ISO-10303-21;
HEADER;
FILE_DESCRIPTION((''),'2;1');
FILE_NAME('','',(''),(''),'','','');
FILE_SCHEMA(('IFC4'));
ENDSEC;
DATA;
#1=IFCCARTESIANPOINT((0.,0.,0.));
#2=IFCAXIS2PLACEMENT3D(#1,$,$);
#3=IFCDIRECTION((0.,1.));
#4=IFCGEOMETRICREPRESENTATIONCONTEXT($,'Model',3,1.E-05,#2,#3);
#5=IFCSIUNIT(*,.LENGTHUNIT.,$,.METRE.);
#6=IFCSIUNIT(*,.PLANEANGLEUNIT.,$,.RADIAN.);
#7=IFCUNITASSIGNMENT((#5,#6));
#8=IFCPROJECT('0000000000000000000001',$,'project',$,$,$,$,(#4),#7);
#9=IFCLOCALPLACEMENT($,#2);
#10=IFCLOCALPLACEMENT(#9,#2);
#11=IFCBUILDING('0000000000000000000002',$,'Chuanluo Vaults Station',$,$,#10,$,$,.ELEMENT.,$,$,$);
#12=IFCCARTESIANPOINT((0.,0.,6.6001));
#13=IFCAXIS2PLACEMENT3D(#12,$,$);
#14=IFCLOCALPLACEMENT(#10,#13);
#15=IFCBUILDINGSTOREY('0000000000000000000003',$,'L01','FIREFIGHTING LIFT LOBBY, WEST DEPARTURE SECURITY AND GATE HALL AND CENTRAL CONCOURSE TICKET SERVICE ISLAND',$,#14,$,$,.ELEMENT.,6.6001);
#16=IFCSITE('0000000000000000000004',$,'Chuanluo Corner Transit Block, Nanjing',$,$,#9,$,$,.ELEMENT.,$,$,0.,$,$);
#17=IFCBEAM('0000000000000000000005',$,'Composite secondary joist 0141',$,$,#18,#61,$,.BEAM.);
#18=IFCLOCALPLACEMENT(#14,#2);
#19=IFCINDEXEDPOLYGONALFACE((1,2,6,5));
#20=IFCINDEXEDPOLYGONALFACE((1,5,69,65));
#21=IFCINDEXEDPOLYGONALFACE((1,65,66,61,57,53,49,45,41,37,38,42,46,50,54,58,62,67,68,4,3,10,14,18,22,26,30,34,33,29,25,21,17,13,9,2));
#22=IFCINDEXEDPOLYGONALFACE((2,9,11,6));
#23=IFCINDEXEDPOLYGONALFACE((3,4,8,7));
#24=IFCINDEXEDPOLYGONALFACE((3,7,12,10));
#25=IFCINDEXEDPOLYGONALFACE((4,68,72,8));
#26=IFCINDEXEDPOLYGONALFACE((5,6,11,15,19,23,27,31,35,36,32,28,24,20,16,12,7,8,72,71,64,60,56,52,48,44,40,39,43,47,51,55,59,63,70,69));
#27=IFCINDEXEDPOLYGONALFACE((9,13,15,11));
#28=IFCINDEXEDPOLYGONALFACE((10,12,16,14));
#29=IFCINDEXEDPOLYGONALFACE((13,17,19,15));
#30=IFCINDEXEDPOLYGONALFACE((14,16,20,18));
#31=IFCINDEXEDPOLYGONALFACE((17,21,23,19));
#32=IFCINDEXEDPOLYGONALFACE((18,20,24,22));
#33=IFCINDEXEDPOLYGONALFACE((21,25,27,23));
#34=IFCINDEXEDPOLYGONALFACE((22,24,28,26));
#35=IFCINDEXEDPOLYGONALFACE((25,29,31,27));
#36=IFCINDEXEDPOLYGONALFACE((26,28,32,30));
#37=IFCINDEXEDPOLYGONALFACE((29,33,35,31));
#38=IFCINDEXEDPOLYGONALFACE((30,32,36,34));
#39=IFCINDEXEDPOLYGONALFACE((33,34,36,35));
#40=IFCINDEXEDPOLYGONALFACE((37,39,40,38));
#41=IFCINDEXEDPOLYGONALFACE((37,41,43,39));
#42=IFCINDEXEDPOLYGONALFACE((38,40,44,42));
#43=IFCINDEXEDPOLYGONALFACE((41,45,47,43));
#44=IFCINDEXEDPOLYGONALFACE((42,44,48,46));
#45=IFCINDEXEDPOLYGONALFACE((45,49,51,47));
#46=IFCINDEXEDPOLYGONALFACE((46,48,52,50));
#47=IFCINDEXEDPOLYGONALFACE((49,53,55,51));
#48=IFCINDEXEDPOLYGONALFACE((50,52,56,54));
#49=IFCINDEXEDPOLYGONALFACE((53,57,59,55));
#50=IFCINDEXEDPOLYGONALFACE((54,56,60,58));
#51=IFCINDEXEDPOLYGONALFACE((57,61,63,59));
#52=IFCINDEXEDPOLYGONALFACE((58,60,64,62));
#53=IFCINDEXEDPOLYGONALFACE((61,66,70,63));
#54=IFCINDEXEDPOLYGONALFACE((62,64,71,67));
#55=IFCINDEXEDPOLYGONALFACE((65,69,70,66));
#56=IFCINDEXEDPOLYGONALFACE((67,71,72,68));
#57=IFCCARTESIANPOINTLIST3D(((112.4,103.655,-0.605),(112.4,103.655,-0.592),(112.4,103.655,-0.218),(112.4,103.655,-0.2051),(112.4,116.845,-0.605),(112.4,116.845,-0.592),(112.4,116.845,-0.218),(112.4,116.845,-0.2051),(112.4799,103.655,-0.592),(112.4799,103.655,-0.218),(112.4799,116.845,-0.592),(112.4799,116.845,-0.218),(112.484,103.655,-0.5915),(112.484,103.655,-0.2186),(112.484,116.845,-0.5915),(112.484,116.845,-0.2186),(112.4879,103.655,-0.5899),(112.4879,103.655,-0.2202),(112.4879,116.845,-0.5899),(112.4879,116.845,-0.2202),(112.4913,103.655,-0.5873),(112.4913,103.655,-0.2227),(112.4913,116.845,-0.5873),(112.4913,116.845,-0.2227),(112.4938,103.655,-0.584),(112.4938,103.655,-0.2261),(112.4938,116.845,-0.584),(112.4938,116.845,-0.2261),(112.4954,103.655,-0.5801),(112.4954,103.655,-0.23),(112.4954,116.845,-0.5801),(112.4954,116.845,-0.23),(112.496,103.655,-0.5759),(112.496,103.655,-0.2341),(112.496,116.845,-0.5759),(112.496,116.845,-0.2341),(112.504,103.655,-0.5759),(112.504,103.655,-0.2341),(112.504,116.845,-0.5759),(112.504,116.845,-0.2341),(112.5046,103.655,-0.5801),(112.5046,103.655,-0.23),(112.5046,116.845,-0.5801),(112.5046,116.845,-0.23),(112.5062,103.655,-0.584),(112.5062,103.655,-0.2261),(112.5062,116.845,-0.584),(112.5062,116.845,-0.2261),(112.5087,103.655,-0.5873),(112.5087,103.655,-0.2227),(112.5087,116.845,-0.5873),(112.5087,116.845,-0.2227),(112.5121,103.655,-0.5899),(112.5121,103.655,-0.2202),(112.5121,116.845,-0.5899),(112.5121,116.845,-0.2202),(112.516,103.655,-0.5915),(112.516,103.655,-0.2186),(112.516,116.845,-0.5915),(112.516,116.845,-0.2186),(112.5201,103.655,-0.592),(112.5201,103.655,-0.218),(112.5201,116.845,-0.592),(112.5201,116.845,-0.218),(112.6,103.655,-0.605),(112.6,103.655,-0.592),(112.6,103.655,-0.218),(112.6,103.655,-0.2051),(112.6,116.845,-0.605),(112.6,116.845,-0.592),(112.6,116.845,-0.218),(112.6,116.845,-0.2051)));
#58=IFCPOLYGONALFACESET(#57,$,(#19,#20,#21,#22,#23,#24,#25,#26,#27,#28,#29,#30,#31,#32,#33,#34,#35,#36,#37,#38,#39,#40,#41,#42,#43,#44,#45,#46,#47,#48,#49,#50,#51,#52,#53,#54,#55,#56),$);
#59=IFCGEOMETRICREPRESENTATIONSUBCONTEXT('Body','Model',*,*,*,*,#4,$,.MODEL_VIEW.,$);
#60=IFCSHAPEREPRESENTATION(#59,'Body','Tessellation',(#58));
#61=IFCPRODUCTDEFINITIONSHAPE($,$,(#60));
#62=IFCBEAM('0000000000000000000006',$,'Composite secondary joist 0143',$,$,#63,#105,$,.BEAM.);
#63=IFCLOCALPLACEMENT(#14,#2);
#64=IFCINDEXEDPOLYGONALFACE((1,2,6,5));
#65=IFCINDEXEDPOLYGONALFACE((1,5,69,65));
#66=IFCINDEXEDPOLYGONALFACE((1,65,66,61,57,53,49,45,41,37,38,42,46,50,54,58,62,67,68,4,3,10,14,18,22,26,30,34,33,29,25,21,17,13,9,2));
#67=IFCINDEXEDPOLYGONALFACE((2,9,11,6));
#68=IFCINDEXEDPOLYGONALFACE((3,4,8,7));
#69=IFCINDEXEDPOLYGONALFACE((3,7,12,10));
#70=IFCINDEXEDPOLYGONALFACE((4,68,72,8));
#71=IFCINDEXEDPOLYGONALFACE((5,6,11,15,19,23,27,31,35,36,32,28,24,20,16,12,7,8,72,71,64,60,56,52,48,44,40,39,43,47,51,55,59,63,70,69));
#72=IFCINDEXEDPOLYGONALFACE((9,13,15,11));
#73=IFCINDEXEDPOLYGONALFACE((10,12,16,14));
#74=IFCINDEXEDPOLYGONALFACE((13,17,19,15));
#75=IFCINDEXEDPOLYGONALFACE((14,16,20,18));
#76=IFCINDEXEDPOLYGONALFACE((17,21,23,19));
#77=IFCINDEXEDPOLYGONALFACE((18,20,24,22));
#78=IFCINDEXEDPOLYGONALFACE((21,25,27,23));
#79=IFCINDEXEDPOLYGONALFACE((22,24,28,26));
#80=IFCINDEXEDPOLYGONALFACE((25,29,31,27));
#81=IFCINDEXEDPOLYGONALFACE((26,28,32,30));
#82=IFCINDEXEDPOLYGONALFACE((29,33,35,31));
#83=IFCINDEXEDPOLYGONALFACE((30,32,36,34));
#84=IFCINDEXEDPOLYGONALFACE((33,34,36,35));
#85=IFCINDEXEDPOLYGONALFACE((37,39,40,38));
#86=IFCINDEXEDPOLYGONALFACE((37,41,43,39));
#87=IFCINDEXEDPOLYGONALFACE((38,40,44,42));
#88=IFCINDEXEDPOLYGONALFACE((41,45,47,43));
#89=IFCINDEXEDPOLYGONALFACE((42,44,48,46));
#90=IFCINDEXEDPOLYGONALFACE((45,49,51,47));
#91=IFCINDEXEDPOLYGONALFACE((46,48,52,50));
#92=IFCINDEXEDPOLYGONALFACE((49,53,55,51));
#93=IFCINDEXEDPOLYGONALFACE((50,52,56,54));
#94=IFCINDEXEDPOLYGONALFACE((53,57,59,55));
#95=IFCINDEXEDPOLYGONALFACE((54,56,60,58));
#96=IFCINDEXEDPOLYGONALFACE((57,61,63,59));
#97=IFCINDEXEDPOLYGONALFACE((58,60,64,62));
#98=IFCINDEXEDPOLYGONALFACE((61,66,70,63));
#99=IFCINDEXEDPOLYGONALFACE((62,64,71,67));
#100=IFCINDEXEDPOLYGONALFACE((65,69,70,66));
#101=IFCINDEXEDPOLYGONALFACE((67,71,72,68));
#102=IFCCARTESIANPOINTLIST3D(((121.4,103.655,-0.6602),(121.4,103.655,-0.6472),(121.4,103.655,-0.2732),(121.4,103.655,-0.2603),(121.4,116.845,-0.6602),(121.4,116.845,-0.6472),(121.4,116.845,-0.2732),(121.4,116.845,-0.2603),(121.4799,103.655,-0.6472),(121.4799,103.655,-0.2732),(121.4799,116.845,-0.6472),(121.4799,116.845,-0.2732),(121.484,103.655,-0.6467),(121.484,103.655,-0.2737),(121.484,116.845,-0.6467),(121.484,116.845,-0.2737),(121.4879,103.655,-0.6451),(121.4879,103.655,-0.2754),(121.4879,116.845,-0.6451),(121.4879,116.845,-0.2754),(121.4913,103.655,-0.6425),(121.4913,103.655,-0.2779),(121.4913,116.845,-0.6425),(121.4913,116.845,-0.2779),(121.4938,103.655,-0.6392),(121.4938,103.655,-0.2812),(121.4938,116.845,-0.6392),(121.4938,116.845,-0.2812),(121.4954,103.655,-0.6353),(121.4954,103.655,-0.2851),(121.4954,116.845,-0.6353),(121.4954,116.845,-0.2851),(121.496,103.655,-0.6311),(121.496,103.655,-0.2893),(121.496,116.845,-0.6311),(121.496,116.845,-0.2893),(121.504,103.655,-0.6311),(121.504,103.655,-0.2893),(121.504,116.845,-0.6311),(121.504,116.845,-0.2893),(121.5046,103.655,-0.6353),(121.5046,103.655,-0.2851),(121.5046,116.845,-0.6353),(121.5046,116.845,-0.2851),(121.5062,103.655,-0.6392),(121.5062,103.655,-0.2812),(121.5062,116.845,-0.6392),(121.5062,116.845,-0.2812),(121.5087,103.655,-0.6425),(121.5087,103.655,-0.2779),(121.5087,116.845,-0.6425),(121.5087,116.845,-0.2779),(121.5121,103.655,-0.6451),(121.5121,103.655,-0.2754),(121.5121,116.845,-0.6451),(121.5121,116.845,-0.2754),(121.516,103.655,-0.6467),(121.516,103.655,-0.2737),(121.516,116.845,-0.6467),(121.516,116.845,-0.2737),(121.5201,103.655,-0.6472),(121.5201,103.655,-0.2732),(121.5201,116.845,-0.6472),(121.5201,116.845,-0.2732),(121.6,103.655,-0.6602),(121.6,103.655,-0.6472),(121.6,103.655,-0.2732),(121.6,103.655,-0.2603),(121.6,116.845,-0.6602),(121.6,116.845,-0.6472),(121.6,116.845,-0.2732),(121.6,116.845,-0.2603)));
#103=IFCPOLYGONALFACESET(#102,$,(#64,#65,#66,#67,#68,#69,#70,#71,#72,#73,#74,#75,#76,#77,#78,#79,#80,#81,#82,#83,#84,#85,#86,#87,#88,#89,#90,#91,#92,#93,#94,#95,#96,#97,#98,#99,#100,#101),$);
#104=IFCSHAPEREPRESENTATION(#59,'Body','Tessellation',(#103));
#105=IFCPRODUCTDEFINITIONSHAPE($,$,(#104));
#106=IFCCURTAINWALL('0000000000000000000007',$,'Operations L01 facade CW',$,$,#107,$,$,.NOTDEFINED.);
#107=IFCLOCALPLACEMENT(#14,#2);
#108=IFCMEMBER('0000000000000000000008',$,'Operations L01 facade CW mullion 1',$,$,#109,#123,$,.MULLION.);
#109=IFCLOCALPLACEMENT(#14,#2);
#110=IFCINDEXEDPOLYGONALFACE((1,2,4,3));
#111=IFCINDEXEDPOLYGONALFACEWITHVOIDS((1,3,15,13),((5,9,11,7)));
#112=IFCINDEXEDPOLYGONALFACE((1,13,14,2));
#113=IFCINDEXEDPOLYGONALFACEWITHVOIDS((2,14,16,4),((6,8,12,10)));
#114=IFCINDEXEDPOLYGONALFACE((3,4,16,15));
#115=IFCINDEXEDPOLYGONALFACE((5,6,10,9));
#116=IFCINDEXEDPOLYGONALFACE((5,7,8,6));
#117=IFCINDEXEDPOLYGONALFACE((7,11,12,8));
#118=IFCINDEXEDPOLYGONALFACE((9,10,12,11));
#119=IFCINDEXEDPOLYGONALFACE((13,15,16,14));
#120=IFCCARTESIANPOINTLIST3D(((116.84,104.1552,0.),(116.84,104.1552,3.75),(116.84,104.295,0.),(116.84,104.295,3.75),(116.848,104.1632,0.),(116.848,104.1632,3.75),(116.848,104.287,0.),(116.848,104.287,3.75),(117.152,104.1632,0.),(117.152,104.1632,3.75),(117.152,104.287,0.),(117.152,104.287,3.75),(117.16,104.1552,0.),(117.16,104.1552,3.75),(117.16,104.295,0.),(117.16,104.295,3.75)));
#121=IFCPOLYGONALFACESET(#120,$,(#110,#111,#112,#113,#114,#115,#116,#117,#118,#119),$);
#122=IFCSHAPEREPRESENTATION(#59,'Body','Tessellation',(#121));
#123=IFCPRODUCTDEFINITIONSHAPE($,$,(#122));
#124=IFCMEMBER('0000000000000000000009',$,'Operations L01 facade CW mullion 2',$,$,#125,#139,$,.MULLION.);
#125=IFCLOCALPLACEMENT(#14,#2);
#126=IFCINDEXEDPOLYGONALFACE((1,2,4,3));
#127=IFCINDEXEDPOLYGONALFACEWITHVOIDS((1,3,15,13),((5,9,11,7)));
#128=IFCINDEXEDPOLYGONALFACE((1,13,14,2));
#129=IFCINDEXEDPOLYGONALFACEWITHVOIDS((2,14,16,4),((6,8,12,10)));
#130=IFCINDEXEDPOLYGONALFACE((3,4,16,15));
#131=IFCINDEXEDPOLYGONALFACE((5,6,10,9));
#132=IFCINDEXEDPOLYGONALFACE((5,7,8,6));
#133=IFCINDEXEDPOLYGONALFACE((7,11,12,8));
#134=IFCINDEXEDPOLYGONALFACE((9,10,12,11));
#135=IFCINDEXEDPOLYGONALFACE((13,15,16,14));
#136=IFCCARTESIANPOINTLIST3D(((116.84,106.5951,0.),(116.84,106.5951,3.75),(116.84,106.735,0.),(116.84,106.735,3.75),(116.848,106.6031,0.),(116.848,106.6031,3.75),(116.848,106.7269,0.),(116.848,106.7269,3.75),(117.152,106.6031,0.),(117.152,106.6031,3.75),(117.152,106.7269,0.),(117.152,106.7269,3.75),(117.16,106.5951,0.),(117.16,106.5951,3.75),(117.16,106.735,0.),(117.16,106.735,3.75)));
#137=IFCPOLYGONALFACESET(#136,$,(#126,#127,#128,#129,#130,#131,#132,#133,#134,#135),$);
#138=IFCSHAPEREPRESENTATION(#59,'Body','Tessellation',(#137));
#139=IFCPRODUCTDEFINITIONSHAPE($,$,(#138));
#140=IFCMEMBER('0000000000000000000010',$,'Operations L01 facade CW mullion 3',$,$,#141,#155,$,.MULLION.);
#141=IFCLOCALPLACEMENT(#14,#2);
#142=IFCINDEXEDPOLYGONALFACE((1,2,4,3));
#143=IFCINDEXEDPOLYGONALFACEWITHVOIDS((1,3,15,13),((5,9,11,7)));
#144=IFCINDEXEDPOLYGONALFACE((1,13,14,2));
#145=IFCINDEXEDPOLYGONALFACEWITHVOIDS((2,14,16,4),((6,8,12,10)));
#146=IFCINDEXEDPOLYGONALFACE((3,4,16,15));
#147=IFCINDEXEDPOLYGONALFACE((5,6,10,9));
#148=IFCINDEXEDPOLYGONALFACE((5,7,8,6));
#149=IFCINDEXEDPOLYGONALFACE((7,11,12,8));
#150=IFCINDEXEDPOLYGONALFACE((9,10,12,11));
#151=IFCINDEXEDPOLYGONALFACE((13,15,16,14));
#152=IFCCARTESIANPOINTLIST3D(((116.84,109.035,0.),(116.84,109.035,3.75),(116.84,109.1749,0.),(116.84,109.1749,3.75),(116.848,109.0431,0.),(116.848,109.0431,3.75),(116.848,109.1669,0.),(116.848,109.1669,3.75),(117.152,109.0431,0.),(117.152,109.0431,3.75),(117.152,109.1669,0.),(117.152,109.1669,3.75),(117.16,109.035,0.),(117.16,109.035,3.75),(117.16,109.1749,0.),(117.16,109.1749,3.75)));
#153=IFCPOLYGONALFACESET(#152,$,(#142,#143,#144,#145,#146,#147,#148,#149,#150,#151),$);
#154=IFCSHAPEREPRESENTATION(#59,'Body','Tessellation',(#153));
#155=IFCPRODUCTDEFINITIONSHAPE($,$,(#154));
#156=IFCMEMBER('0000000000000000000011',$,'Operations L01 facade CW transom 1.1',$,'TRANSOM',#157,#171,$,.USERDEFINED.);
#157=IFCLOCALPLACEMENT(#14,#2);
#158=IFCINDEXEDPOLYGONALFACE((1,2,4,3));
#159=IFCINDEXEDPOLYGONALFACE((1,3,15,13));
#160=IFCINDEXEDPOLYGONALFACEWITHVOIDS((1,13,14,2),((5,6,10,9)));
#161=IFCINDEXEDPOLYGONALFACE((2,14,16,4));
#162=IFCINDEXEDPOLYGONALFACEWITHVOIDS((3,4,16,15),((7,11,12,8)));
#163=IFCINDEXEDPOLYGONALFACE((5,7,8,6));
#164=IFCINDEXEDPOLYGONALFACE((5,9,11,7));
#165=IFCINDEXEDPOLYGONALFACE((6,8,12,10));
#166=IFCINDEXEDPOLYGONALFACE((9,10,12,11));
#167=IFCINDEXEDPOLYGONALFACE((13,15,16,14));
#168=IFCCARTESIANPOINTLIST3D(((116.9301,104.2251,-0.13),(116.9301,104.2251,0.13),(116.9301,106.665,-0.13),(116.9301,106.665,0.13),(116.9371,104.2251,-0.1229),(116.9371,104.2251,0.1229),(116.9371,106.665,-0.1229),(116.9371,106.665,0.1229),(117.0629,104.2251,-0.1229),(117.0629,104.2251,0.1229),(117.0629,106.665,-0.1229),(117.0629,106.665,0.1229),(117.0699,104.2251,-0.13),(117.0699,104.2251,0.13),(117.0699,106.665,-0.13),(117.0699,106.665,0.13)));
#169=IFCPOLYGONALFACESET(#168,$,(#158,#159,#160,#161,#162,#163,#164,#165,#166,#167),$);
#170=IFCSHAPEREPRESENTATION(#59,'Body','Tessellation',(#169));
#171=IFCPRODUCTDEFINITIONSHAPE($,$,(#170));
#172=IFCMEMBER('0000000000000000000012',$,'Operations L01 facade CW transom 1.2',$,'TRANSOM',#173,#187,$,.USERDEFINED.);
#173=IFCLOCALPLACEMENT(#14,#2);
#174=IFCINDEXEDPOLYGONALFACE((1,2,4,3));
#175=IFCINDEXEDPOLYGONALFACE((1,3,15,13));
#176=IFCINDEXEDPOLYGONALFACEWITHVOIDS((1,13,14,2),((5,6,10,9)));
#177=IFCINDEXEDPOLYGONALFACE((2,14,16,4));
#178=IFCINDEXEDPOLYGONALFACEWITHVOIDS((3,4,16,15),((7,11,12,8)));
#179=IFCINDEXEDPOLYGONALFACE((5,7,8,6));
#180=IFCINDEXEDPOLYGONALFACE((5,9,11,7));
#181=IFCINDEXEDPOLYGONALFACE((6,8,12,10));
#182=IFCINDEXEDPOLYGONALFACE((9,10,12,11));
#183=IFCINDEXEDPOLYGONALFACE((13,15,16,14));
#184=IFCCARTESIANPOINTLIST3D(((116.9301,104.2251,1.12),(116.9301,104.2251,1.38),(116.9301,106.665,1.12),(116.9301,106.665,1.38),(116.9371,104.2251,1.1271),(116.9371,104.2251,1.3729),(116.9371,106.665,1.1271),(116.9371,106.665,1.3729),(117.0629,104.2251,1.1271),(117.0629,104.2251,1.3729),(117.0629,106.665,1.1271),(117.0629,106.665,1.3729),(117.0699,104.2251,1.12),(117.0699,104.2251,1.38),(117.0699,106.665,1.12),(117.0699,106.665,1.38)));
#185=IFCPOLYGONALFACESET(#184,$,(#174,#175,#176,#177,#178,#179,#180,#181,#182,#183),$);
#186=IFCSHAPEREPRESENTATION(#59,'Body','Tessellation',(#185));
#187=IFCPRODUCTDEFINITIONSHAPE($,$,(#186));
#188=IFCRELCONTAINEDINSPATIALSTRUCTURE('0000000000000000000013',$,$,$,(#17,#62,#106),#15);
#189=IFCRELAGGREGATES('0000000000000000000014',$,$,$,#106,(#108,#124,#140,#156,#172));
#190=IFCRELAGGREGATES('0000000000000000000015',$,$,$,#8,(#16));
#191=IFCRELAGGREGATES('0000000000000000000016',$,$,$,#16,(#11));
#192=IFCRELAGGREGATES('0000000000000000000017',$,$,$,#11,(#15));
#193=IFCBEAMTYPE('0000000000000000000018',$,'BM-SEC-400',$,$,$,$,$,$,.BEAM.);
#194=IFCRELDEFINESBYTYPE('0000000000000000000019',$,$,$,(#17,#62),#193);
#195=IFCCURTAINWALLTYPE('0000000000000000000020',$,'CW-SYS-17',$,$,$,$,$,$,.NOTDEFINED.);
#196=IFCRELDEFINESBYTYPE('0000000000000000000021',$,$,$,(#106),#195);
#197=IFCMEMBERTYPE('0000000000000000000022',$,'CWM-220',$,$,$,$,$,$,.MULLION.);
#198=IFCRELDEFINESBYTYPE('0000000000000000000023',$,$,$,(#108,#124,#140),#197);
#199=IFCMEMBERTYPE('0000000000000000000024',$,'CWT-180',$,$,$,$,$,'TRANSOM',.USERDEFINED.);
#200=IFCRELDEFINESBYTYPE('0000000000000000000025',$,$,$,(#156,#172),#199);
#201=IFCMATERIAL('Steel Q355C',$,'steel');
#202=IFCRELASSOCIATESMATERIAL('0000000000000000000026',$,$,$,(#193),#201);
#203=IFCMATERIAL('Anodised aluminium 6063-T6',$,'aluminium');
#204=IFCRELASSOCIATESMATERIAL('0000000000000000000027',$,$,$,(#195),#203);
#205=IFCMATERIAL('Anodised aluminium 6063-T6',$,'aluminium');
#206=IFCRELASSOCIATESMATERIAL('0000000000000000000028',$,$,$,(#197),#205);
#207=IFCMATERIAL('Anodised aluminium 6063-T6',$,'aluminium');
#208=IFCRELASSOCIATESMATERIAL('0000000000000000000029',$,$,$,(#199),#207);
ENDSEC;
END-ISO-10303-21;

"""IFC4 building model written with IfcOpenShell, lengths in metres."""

from ifc_helpers import new_model, si_unit, direction, frame, origin, origin_2d, place, context, subcontext, project, spatial, hollow_rectangle, i_section, extrude, material, material_profile, profile_set, type_object, element, aggregate, save


model = new_model("IFC4")

# Units and contexts
model_context = context("Model", 3, precision=1e-05, world=origin(), true_north=direction((0.0, 1.0)))
body_context = subcontext(model_context, "Body", "Model", "MODEL_VIEW")
ifc_project = project(units=[si_unit("LENGTHUNIT", "METRE"), si_unit("PLANEANGLEUNIT", "RADIAN")], contexts=[model_context])

# Site, building, storey
site_placement = place(None, origin())
site = spatial("IfcSite", under=ifc_project, at=site_placement, Name="Chuanluo Corner Transit Block, Nanjing", CompositionType="ELEMENT", RefElevation=0.0)
building_placement = place(site_placement, origin())
building = spatial("IfcBuilding", under=site, at=building_placement, Name="Chuanluo Vaults Station", CompositionType="ELEMENT")
storey_placement = place(building_placement, frame((0.0, 0.0, 6.6001)))
storey = spatial("IfcBuildingStorey", under=building, at=storey_placement, Name="L01", Description="FIREFIGHTING LIFT LOBBY, WEST DEPARTURE SECURITY AND GATE HALL AND CENTRAL CONCOURSE TICKET SERVICE ISLAND", CompositionType="ELEMENT", Elevation=6.6001)

# Beams
ifc_material_1 = material(Name="Steel Q355C", Category="steel")
ifc_material_profile_1 = material_profile(ifc_material_1, i_section(OverallWidth=0.2, OverallDepth=0.3999, WebThickness=0.0081, FlangeThickness=0.0129, FilletRadius=0.0161, at=origin_2d()))
ifc_profile_set_1 = profile_set([ifc_material_profile_1], Name="Steel Q355C")
beam_type = type_object("IfcBeamType", Name="BM-SEC-400", PredefinedType="BEAM", material=ifc_profile_set_1)
for number, where, z_axis, x_axis, name in (
    (1, (112.5, 103.655, -0.405), (0.0, 1.0, 0.0), (-1.0, 0.0, 0.0), "Composite secondary joist 0141"),
    (2, (121.5, 103.655, -0.4602), (0.0, 1.0, 0.0), (-1.0, 0.0, 0.0), "Composite secondary joist 0143"),
):
    element("IfcBeam", number, at=place(storey_placement, frame(where, z_axis=z_axis, x_axis=x_axis)), inside=storey, type_object=beam_type, Name=name, PredefinedType="BEAM", context=body_context, shape_type="SweptSolid", body=[
        extrude(i_section(OverallWidth=0.2, OverallDepth=0.3999, WebThickness=0.0081, FlangeThickness=0.0129, FilletRadius=0.0161, at=origin_2d()), origin(), (0.0, 0.0, 1.0), 13.1899),
    ])

# Curtain wall, members
ifc_material_2 = material(Name="Anodised aluminium 6063-T6", Category="aluminium")
curtain_wall_type = type_object("IfcCurtainWallType", Name="CW-SYS-17", PredefinedType="NOTDEFINED", material=ifc_material_2)
curtain_wall_placement = place(storey_placement, origin())
curtain_wall = element("IfcCurtainWall", 3, at=curtain_wall_placement, inside=storey, type_object=curtain_wall_type, Name="Operations L01 facade CW", PredefinedType="NOTDEFINED")
ifc_material_3 = material(Name="Anodised aluminium 6063-T6", Category="aluminium")
ifc_material_profile_2 = material_profile(ifc_material_3, hollow_rectangle(XDim=0.1399, YDim=0.3201, WallThickness=0.0081, at=origin_2d()))
ifc_profile_set_2 = profile_set([ifc_material_profile_2], Name="Anodised aluminium 6063-T6")
member_type_1 = type_object("IfcMemberType", Name="CWM-220", PredefinedType="MULLION", material=ifc_profile_set_2)
member_1_placement = place(storey_placement, frame((117.0, 104.2251, 0.0), z_axis=(0.0, 0.0, 1.0), x_axis=(0.0, 1.0, 0.0)))
member_1 = element("IfcMember", 4, at=member_1_placement, type_object=member_type_1, Name="Operations L01 facade CW mullion 1", PredefinedType="MULLION", context=body_context, shape_type="SweptSolid", body=[
    extrude(hollow_rectangle(XDim=0.1399, YDim=0.3201, WallThickness=0.0081, at=origin_2d()), origin(), (0.0, 0.0, 1.0), 3.75),
])
member_2_placement = place(storey_placement, frame((117.0, 106.665, 0.0), z_axis=(0.0, 0.0, 1.0), x_axis=(0.0, 1.0, 0.0)))
member_2 = element("IfcMember", 5, at=member_2_placement, type_object=member_type_1, Name="Operations L01 facade CW mullion 2", PredefinedType="MULLION", context=body_context, shape_type="SweptSolid", body=[
    extrude(hollow_rectangle(XDim=0.1399, YDim=0.3201, WallThickness=0.0081, at=origin_2d()), origin(), (0.0, 0.0, 1.0), 3.75),
])
member_3_placement = place(storey_placement, frame((117.0, 109.105, 0.0), z_axis=(0.0, 0.0, 1.0), x_axis=(0.0, 1.0, 0.0)))
member_3 = element("IfcMember", 6, at=member_3_placement, type_object=member_type_1, Name="Operations L01 facade CW mullion 3", PredefinedType="MULLION", context=body_context, shape_type="SweptSolid", body=[
    extrude(hollow_rectangle(XDim=0.1399, YDim=0.3201, WallThickness=0.0081, at=origin_2d()), origin(), (0.0, 0.0, 1.0), 3.75),
])
ifc_material_4 = material(Name="Anodised aluminium 6063-T6", Category="aluminium")
ifc_material_profile_3 = material_profile(ifc_material_4, hollow_rectangle(XDim=0.1399, YDim=0.26, WallThickness=0.0071, at=origin_2d()))
ifc_profile_set_3 = profile_set([ifc_material_profile_3], Name="Anodised aluminium 6063-T6")
member_type_2 = type_object("IfcMemberType", Name="CWT-180", ElementType="TRANSOM", PredefinedType="USERDEFINED", material=ifc_profile_set_3)
member_4_placement = place(storey_placement, frame((117.0, 104.2251, 0.0), z_axis=(0.0, 1.0, 0.0), x_axis=(-1.0, 0.0, 0.0)))
member_4 = element("IfcMember", 7, at=member_4_placement, type_object=member_type_2, Name="Operations L01 facade CW transom 1.1", ObjectType="TRANSOM", PredefinedType="USERDEFINED", context=body_context, shape_type="SweptSolid", body=[
    extrude(hollow_rectangle(XDim=0.1399, YDim=0.26, WallThickness=0.0071, at=origin_2d()), origin(), (0.0, 0.0, 1.0), 2.4399),
])
member_5_placement = place(storey_placement, frame((117.0, 104.2251, 1.25), z_axis=(0.0, 1.0, 0.0), x_axis=(-1.0, 0.0, 0.0)))
member_5 = element("IfcMember", 8, at=member_5_placement, type_object=member_type_2, Name="Operations L01 facade CW transom 1.2", ObjectType="TRANSOM", PredefinedType="USERDEFINED", context=body_context, shape_type="SweptSolid", body=[
    extrude(hollow_rectangle(XDim=0.1399, YDim=0.26, WallThickness=0.0071, at=origin_2d()), origin(), (0.0, 0.0, 1.0), 2.4399),
])
aggregate(curtain_wall, [member_1, member_2, member_3, member_4, member_5])

save(model, "model.ifc")
